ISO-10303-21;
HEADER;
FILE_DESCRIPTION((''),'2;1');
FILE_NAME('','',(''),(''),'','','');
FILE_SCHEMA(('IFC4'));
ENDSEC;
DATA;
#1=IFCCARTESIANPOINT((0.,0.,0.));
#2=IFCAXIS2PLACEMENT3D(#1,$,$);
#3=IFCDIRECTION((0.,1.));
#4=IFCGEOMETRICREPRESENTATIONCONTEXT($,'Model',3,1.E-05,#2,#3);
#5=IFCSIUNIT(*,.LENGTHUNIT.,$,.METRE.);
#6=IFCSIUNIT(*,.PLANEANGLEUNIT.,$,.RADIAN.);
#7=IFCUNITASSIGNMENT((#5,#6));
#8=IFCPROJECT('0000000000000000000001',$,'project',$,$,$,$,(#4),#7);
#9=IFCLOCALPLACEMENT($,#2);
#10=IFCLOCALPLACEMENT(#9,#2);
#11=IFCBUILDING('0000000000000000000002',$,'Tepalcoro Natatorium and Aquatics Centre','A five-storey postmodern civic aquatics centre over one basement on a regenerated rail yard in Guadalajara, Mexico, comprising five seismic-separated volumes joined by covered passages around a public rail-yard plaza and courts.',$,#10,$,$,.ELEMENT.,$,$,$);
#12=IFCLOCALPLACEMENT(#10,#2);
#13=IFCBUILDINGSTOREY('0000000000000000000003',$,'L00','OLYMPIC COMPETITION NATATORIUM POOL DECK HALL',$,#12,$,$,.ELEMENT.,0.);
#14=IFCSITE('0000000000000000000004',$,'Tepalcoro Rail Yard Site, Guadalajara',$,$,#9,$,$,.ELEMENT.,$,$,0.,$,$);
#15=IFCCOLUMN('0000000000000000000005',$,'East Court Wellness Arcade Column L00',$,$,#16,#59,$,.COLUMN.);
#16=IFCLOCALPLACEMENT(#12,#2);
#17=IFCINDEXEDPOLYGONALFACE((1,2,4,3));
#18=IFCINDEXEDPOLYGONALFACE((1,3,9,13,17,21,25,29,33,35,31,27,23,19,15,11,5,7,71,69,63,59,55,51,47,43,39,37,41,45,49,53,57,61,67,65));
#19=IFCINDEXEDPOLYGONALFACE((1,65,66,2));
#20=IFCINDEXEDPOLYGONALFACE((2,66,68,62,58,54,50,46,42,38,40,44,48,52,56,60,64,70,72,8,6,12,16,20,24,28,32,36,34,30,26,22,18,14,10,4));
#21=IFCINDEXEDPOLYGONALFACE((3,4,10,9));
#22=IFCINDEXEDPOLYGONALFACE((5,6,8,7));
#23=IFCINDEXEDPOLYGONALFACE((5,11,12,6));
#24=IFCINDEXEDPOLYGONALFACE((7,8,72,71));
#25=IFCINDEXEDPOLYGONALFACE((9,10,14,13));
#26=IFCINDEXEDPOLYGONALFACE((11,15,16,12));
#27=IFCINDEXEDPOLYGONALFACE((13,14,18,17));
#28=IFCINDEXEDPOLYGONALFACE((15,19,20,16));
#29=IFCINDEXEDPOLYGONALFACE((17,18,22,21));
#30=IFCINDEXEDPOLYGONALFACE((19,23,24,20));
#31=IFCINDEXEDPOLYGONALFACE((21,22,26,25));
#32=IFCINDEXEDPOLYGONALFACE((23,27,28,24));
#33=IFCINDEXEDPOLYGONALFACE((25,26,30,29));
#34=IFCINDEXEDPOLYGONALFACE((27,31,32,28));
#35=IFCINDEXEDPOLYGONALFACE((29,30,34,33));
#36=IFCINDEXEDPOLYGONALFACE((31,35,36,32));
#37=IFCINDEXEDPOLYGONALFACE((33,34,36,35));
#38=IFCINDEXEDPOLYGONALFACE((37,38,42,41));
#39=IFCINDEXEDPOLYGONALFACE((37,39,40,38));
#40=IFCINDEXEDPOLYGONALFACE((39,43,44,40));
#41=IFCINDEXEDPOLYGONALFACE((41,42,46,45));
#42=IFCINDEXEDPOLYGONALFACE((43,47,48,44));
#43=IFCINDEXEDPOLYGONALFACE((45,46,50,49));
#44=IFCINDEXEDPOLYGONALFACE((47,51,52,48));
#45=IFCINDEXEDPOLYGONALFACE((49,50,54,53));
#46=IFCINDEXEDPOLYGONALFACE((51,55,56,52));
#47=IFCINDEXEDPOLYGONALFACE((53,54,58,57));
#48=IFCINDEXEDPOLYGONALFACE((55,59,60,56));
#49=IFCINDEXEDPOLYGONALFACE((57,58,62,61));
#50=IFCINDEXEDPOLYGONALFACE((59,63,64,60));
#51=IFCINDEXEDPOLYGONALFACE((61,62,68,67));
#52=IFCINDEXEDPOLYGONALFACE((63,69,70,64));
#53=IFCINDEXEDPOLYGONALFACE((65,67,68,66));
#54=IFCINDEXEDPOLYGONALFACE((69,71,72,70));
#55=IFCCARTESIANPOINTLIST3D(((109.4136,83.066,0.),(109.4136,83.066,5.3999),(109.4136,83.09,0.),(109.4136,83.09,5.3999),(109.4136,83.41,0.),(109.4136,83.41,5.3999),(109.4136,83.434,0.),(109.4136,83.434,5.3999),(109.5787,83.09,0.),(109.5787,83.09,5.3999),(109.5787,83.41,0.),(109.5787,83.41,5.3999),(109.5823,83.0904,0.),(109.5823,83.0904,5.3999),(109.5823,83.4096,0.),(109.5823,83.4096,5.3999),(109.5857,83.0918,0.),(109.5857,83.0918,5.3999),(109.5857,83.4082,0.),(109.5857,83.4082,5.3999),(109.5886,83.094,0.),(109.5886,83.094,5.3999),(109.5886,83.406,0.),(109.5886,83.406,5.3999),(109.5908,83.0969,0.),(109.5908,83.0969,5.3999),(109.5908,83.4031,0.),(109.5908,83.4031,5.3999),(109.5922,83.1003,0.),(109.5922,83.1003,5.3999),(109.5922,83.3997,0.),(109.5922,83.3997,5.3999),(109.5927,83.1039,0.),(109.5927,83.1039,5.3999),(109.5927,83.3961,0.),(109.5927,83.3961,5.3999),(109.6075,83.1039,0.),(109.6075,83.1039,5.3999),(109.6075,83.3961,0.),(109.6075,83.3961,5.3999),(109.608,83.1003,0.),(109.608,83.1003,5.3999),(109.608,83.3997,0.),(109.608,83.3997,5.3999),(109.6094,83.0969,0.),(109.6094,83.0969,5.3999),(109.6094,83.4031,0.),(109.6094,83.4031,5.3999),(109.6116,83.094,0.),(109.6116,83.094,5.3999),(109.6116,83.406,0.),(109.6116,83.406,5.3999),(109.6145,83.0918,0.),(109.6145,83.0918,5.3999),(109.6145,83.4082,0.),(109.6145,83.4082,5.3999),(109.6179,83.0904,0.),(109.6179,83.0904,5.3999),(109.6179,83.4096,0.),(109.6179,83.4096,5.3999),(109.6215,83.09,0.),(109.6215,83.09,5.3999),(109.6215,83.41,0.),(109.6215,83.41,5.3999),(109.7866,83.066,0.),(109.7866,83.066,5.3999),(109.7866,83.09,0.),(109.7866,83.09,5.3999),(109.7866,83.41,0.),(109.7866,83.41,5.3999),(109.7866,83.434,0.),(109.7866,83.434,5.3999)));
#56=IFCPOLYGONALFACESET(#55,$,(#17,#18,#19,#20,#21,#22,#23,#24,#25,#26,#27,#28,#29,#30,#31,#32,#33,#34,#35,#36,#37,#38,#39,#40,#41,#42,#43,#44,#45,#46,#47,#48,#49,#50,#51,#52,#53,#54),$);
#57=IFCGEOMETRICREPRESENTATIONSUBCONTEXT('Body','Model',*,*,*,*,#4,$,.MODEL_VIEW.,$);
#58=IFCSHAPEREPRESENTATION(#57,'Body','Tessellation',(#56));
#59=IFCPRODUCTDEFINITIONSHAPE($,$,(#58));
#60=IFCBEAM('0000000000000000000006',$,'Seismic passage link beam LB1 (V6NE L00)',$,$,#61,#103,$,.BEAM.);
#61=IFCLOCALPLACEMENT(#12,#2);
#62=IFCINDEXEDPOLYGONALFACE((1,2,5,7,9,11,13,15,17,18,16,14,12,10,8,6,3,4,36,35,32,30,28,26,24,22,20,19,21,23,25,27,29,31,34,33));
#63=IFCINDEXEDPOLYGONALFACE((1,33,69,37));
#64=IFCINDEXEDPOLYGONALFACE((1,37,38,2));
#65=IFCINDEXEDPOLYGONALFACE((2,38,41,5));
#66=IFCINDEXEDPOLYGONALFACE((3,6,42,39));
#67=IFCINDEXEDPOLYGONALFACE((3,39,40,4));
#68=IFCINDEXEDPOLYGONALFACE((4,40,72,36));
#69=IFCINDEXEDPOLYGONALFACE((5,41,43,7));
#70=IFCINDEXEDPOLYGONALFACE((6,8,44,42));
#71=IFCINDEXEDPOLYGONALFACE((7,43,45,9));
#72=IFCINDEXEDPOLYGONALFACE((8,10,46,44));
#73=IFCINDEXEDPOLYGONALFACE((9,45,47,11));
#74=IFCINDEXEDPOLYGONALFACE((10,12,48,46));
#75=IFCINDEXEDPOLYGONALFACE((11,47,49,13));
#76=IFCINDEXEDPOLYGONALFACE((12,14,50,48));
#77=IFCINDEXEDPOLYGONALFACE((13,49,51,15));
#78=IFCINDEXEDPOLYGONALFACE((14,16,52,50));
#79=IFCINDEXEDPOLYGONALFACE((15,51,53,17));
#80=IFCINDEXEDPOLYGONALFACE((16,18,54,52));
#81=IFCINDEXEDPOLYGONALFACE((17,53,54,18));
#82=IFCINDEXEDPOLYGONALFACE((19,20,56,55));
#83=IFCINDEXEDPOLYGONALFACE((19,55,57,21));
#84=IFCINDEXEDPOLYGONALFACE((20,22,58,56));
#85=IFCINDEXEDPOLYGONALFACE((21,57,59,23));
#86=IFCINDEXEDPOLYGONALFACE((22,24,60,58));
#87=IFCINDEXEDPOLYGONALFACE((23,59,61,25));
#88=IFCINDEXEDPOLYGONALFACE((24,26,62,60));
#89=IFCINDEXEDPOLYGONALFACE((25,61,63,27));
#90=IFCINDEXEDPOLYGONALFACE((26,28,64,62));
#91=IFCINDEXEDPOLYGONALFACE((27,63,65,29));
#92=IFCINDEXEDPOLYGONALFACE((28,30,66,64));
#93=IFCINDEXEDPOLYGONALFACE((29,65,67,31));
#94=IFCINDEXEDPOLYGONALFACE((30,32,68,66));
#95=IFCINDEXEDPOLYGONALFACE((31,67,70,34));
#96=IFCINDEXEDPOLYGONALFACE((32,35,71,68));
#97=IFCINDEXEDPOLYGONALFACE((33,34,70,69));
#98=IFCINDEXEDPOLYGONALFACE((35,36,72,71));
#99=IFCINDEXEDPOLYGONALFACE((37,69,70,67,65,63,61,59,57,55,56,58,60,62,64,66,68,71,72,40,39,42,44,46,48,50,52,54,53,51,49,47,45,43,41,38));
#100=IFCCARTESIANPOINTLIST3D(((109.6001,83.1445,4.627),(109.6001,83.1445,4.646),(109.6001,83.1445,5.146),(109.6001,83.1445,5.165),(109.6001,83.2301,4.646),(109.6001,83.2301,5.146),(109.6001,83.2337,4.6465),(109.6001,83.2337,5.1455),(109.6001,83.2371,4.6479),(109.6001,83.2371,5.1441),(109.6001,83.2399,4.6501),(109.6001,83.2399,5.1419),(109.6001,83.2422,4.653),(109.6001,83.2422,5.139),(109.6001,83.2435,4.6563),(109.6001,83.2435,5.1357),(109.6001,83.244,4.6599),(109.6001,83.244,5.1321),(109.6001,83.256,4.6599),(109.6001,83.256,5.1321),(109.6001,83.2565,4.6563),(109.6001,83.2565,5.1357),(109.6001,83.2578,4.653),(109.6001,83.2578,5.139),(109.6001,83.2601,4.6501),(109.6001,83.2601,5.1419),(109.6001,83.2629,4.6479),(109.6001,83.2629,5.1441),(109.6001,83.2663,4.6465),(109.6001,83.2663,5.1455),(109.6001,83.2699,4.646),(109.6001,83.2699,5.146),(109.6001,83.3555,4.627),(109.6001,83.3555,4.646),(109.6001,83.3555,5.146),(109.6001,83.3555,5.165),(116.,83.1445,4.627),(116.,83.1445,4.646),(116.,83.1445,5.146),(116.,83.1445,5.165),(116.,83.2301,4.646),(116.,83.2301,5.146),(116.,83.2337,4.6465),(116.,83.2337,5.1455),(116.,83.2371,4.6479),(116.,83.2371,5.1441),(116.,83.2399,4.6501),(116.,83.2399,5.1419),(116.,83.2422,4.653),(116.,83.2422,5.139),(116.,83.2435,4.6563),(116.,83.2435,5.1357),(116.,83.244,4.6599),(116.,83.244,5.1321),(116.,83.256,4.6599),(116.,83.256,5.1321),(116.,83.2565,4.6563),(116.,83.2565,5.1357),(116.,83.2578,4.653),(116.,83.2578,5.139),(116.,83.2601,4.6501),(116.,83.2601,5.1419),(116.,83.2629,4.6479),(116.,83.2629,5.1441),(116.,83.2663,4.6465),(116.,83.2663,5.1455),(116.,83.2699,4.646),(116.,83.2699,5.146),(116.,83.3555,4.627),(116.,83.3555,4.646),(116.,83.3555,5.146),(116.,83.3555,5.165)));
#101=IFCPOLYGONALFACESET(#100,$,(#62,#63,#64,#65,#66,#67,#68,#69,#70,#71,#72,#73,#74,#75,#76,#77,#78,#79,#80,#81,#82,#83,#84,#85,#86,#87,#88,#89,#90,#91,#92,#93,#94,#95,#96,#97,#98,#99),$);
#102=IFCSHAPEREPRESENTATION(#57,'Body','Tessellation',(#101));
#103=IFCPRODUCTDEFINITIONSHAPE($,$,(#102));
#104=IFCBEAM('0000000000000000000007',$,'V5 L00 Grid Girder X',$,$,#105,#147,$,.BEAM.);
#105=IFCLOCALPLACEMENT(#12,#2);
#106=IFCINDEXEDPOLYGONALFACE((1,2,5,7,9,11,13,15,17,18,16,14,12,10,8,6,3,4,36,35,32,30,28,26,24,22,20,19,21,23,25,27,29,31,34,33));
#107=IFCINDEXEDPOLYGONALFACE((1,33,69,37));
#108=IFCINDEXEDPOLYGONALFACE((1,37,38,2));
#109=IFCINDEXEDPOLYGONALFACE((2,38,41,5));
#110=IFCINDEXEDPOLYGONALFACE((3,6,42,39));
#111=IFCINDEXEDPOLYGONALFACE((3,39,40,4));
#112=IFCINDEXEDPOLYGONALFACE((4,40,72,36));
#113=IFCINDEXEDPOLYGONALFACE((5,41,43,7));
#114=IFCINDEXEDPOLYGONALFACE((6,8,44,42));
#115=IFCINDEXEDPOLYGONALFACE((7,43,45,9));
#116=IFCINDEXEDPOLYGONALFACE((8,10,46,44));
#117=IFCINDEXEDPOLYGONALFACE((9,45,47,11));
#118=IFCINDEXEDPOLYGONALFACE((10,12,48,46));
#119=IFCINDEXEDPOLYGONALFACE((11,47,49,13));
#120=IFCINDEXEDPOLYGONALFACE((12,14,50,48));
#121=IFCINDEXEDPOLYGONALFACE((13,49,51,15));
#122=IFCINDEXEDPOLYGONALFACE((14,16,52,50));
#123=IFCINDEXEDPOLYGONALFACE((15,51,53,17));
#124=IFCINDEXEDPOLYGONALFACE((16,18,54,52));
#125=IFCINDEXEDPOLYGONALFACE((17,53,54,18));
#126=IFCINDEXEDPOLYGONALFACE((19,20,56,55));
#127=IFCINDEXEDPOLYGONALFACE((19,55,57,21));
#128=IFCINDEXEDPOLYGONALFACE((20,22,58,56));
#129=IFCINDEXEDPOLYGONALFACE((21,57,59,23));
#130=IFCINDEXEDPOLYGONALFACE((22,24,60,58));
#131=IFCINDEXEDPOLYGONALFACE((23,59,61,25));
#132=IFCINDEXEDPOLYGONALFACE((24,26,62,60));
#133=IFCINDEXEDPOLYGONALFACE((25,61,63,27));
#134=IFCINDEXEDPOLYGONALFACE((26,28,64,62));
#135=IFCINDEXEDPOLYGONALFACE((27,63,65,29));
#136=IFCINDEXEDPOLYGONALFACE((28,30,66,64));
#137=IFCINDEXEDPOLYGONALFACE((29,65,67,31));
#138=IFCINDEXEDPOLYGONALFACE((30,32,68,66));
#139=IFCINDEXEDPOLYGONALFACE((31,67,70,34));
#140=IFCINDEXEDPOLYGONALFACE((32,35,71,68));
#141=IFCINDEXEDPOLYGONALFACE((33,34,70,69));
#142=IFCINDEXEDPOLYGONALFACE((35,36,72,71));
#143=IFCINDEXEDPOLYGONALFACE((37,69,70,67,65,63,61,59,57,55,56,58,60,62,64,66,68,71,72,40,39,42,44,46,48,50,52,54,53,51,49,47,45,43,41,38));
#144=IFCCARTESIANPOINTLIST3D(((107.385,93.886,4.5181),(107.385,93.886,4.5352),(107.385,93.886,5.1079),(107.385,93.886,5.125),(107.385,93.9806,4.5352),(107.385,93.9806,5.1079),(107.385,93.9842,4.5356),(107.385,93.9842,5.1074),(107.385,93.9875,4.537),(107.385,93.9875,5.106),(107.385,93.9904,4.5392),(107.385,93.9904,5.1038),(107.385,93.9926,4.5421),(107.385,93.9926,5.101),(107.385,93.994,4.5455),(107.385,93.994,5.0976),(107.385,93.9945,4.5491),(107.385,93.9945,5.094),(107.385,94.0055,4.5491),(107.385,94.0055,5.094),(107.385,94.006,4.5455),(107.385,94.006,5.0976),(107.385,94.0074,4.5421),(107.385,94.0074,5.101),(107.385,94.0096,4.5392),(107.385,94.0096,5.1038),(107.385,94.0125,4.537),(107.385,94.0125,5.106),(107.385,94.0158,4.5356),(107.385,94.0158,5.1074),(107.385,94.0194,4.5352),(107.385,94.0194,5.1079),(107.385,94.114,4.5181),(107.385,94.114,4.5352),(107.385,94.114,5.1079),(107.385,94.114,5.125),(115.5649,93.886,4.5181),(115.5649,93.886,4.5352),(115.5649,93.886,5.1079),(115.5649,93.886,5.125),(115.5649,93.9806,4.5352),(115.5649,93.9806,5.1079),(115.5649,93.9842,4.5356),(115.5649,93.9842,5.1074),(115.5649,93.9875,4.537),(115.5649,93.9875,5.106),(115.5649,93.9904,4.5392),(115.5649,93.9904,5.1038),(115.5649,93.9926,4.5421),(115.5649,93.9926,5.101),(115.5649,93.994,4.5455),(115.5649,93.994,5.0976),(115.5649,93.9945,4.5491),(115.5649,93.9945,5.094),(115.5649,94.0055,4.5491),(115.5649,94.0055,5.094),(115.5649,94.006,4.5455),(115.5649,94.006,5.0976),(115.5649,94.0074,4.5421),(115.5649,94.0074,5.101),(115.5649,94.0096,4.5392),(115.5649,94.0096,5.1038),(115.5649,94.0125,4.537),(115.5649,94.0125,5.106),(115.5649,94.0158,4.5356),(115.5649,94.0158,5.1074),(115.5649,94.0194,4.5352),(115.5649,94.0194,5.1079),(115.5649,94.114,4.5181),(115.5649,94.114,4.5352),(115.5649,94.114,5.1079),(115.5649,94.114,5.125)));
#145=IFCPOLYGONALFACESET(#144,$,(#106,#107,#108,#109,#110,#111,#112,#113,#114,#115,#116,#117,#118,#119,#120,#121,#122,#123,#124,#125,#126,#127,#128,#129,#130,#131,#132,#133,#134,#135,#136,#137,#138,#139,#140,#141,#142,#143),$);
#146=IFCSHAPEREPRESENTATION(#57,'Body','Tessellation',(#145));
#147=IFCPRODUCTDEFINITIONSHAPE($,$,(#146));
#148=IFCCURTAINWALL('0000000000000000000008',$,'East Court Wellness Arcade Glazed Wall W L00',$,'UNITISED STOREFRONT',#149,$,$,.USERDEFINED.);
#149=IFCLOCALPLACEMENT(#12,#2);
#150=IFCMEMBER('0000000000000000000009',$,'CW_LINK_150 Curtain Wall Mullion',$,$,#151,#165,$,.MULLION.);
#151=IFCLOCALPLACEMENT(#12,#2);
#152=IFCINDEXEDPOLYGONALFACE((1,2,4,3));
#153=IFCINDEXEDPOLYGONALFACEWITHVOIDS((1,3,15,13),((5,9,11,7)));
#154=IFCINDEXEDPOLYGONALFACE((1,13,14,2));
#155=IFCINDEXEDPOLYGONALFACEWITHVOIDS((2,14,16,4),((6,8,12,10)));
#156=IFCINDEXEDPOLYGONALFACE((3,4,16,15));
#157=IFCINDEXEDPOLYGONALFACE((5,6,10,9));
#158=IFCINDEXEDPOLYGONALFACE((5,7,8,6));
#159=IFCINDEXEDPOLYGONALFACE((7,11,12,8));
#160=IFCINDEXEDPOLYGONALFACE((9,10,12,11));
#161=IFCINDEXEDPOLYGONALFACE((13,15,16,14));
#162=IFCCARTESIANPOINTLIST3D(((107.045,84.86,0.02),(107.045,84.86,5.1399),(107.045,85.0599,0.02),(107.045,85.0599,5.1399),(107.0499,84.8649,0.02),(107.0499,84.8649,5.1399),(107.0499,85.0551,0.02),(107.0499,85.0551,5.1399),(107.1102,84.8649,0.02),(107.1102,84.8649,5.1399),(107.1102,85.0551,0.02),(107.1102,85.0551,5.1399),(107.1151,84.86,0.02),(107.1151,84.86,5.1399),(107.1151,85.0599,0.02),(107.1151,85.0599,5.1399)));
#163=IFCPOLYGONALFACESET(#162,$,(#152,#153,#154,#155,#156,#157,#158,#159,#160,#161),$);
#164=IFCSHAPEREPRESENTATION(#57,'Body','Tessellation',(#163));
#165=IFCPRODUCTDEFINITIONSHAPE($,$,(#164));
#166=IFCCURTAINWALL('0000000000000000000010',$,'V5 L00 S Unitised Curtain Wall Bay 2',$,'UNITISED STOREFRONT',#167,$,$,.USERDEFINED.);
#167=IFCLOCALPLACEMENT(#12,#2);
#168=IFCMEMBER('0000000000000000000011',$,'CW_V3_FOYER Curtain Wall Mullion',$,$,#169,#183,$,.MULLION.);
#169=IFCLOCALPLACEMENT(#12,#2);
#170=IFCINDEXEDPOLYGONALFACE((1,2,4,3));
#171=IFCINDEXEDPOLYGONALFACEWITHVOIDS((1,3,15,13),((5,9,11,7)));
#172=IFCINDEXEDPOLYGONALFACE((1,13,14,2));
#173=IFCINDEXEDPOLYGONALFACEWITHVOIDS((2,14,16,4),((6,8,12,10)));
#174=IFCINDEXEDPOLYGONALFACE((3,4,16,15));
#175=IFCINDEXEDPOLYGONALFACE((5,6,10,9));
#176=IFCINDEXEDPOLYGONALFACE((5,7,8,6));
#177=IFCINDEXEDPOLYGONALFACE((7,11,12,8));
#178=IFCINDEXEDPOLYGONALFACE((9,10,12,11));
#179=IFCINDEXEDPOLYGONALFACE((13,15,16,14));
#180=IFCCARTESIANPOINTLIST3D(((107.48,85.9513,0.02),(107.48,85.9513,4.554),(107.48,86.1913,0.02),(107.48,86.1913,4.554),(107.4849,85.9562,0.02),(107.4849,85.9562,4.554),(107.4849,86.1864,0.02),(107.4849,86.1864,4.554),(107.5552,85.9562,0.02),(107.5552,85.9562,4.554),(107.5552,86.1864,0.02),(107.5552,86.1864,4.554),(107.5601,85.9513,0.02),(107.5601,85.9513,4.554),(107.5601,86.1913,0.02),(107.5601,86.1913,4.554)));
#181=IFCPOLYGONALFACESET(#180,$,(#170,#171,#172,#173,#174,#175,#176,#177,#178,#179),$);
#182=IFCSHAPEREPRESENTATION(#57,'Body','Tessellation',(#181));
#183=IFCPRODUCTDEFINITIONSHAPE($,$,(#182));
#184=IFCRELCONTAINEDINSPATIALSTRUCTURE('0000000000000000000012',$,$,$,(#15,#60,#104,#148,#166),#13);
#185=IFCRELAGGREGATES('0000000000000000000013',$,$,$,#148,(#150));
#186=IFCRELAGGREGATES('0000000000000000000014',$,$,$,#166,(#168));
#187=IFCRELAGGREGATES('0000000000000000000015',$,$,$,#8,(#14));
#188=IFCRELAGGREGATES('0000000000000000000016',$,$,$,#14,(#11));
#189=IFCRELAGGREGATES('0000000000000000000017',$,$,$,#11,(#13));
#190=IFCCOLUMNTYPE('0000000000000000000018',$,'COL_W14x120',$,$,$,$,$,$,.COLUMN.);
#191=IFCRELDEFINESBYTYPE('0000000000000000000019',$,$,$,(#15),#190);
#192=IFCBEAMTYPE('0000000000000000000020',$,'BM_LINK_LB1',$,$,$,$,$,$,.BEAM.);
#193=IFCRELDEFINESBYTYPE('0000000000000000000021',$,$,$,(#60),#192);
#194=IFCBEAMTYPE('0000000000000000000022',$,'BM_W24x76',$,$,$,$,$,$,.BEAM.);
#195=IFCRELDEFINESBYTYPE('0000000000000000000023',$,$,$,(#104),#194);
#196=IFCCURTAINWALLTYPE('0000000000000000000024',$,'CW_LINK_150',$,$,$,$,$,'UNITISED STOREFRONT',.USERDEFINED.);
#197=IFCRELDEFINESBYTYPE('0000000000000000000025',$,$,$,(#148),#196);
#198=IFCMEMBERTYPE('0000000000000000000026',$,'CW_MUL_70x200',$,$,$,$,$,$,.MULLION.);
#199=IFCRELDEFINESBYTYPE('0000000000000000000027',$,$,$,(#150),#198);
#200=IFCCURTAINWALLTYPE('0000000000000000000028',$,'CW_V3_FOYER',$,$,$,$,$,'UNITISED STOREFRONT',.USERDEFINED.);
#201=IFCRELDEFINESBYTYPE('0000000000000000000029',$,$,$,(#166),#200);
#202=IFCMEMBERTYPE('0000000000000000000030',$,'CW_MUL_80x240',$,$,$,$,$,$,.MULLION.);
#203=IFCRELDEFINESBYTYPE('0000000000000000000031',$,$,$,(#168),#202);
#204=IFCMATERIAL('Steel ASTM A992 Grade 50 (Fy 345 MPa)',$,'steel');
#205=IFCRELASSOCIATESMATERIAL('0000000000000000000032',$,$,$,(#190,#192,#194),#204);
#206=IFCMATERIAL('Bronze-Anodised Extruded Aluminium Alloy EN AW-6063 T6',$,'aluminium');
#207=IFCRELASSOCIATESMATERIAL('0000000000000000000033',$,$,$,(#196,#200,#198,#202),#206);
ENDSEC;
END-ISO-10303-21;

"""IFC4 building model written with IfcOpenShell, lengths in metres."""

from ifc_helpers import new_model, si_unit, direction, frame, origin, origin_2d, place, context, subcontext, project, spatial, hollow_rectangle, i_section, extrude, material, material_profile, profile_set, type_object, element, aggregate, save


model = new_model("IFC4")

# Units and contexts
model_context = context("Model", 3, precision=1e-05, world=origin(), true_north=direction((0.0, 1.0)))
body_context = subcontext(model_context, "Body", "Model", "MODEL_VIEW")
ifc_project = project(units=[si_unit("LENGTHUNIT", "METRE"), si_unit("PLANEANGLEUNIT", "RADIAN")], contexts=[model_context])

# Site, building, storey
site_placement = place(None, origin())
site = spatial("IfcSite", under=ifc_project, at=site_placement, Name="Tepalcoro Rail Yard Site, Guadalajara", CompositionType="ELEMENT", RefElevation=0.0)
building_placement = place(site_placement, origin())
building = spatial("IfcBuilding", under=site, at=building_placement, Name="Tepalcoro Natatorium and Aquatics Centre", Description="A five-storey postmodern civic aquatics centre over one basement on a regenerated rail yard in Guadalajara, Mexico, comprising five seismic-separated volumes joined by covered passages around a public rail-yard plaza and courts.", CompositionType="ELEMENT")
storey_placement = place(building_placement, origin())
storey = spatial("IfcBuildingStorey", under=building, at=storey_placement, Name="L00", Description="OLYMPIC COMPETITION NATATORIUM POOL DECK HALL", CompositionType="ELEMENT", Elevation=0.0)

# Column
ifc_material_1 = material(Name="Steel ASTM A992 Grade 50 (Fy 345 MPa)", Category="steel")
ifc_material_profile_1 = material_profile(ifc_material_1, i_section(OverallWidth=0.373, OverallDepth=0.3679, WebThickness=0.0149, FlangeThickness=0.0239, FilletRadius=0.0139, at=origin_2d()), Name="W14X120")
ifc_profile_set_1 = profile_set([ifc_material_profile_1], Name="Steel ASTM A992 Grade 50 (Fy 345 MPa)")
column_type = type_object("IfcColumnType", Name="COL_W14x120", PredefinedType="COLUMN", material=ifc_profile_set_1)
column_placement = place(storey_placement, frame((109.6001, 83.25, 0.0), z_axis=(0.0, 0.0, 1.0), x_axis=(1.0, 0.0, 0.0)))
element("IfcColumn", 1, at=column_placement, inside=storey, type_object=column_type, Name="East Court Wellness Arcade Column L00", PredefinedType="COLUMN", context=body_context, shape_type="SweptSolid", body=[
    extrude(i_section(OverallWidth=0.373, OverallDepth=0.3679, WebThickness=0.0149, FlangeThickness=0.0239, FilletRadius=0.0139, at=origin_2d()), origin(), (0.0, 0.0, 1.0), 5.3999),
])

# Beams
ifc_material_profile_2 = material_profile(ifc_material_1, i_section(OverallWidth=0.2109, OverallDepth=0.5381, WebThickness=0.012, FlangeThickness=0.019, FilletRadius=0.0139, at=origin_2d()), Name="W21X73")
ifc_profile_set_2 = profile_set([ifc_material_profile_2], Name="Steel ASTM A992 Grade 50 (Fy 345 MPa)")
beam_type_1 = type_object("IfcBeamType", Name="BM_LINK_LB1", PredefinedType="BEAM", material=ifc_profile_set_2)
beam_1_placement = place(storey_placement, frame((109.6001, 83.25, 4.896), z_axis=(1.0, 0.0, 0.0), x_axis=(0.0, 1.0, 0.0)))
element("IfcBeam", 2, at=beam_1_placement, inside=storey, type_object=beam_type_1, Name="Seismic passage link beam LB1 (V6NE L00)", PredefinedType="BEAM", context=body_context, shape_type="SweptSolid", body=[
    extrude(i_section(OverallWidth=0.2109, OverallDepth=0.5381, WebThickness=0.012, FlangeThickness=0.019, FilletRadius=0.0139, at=origin_2d()), origin(), (0.0, 0.0, 1.0), 6.3999),
])
ifc_material_profile_3 = material_profile(ifc_material_1, i_section(OverallWidth=0.228, OverallDepth=0.6069, WebThickness=0.011, FlangeThickness=0.0171, FilletRadius=0.0139, at=origin_2d()), Name="W24X76")
ifc_profile_set_3 = profile_set([ifc_material_profile_3], Name="Steel ASTM A992 Grade 50 (Fy 345 MPa)")
beam_type_2 = type_object("IfcBeamType", Name="BM_W24x76", PredefinedType="BEAM", material=ifc_profile_set_3)
beam_2_placement = place(storey_placement, frame((107.385, 94.0, 4.8215), z_axis=(1.0, 0.0, 0.0), x_axis=(0.0, 1.0, 0.0)))
element("IfcBeam", 3, at=beam_2_placement, inside=storey, type_object=beam_type_2, Name="V5 L00 Grid Girder X", PredefinedType="BEAM", context=body_context, shape_type="SweptSolid", body=[
    extrude(i_section(OverallWidth=0.228, OverallDepth=0.6069, WebThickness=0.011, FlangeThickness=0.0171, FilletRadius=0.0139, at=origin_2d()), origin(), (0.0, 0.0, 1.0), 8.1799),
])

# Curtain wall, member
ifc_material_2 = material(Name="Bronze-Anodised Extruded Aluminium Alloy EN AW-6063 T6", Category="aluminium")
curtain_wall_type_1 = type_object("IfcCurtainWallType", Name="CW_LINK_150", ElementType="UNITISED STOREFRONT", PredefinedType="USERDEFINED", material=ifc_material_2)
curtain_wall_1_placement = place(storey_placement, origin())
curtain_wall_1 = element("IfcCurtainWall", 4, at=curtain_wall_1_placement, inside=storey, type_object=curtain_wall_type_1, Name="East Court Wellness Arcade Glazed Wall W L00", ObjectType="UNITISED STOREFRONT", PredefinedType="USERDEFINED")
ifc_material_profile_4 = material_profile(ifc_material_2, hollow_rectangle(XDim=0.0701, YDim=0.2, WallThickness=0.0049, at=origin_2d()), Name="AL70X200X5")
ifc_profile_set_4 = profile_set([ifc_material_profile_4], Name="Bronze-Anodised Extruded Aluminium Alloy EN AW-6063 T6")
member_type_1 = type_object("IfcMemberType", Name="CW_MUL_70x200", PredefinedType="MULLION", material=ifc_profile_set_4)
member_1_placement = place(storey_placement, frame((107.0801, 84.96, 0.02), z_axis=(0.0, 0.0, 1.0), x_axis=(1.0, 0.0, 0.0)))
member_1 = element("IfcMember", 5, at=member_1_placement, type_object=member_type_1, Name="CW_LINK_150 Curtain Wall Mullion", PredefinedType="MULLION", context=body_context, shape_type="SweptSolid", body=[
    extrude(hollow_rectangle(XDim=0.0701, YDim=0.2, WallThickness=0.0049, at=origin_2d()), origin(), (0.0, 0.0, 1.0), 5.1199),
])

# Curtain wall, member
curtain_wall_type_2 = type_object("IfcCurtainWallType", Name="CW_V3_FOYER", ElementType="UNITISED STOREFRONT", PredefinedType="USERDEFINED", material=ifc_material_2)
curtain_wall_2_placement = place(storey_placement, origin())
curtain_wall_2 = element("IfcCurtainWall", 6, at=curtain_wall_2_placement, inside=storey, type_object=curtain_wall_type_2, Name="V5 L00 S Unitised Curtain Wall Bay 2", ObjectType="UNITISED STOREFRONT", PredefinedType="USERDEFINED")
ifc_material_profile_5 = material_profile(ifc_material_2, hollow_rectangle(XDim=0.0801, YDim=0.24, WallThickness=0.0049, at=origin_2d()), Name="AL80X240X5")
ifc_profile_set_5 = profile_set([ifc_material_profile_5], Name="Bronze-Anodised Extruded Aluminium Alloy EN AW-6063 T6")
member_type_2 = type_object("IfcMemberType", Name="CW_MUL_80x240", PredefinedType="MULLION", material=ifc_profile_set_5)
member_2_placement = place(storey_placement, frame((107.52, 86.0713, 0.02), z_axis=(0.0, 0.0, 1.0), x_axis=(1.0, 0.0, 0.0)))
member_2 = element("IfcMember", 7, at=member_2_placement, type_object=member_type_2, Name="CW_V3_FOYER Curtain Wall Mullion", PredefinedType="MULLION", context=body_context, shape_type="SweptSolid", body=[
    extrude(hollow_rectangle(XDim=0.0801, YDim=0.24, WallThickness=0.0049, at=origin_2d()), origin(), (0.0, 0.0, 1.0), 4.5339),
])

aggregate(curtain_wall_1, [member_1])
aggregate(curtain_wall_2, [member_2])

save(model, "model.ifc")
